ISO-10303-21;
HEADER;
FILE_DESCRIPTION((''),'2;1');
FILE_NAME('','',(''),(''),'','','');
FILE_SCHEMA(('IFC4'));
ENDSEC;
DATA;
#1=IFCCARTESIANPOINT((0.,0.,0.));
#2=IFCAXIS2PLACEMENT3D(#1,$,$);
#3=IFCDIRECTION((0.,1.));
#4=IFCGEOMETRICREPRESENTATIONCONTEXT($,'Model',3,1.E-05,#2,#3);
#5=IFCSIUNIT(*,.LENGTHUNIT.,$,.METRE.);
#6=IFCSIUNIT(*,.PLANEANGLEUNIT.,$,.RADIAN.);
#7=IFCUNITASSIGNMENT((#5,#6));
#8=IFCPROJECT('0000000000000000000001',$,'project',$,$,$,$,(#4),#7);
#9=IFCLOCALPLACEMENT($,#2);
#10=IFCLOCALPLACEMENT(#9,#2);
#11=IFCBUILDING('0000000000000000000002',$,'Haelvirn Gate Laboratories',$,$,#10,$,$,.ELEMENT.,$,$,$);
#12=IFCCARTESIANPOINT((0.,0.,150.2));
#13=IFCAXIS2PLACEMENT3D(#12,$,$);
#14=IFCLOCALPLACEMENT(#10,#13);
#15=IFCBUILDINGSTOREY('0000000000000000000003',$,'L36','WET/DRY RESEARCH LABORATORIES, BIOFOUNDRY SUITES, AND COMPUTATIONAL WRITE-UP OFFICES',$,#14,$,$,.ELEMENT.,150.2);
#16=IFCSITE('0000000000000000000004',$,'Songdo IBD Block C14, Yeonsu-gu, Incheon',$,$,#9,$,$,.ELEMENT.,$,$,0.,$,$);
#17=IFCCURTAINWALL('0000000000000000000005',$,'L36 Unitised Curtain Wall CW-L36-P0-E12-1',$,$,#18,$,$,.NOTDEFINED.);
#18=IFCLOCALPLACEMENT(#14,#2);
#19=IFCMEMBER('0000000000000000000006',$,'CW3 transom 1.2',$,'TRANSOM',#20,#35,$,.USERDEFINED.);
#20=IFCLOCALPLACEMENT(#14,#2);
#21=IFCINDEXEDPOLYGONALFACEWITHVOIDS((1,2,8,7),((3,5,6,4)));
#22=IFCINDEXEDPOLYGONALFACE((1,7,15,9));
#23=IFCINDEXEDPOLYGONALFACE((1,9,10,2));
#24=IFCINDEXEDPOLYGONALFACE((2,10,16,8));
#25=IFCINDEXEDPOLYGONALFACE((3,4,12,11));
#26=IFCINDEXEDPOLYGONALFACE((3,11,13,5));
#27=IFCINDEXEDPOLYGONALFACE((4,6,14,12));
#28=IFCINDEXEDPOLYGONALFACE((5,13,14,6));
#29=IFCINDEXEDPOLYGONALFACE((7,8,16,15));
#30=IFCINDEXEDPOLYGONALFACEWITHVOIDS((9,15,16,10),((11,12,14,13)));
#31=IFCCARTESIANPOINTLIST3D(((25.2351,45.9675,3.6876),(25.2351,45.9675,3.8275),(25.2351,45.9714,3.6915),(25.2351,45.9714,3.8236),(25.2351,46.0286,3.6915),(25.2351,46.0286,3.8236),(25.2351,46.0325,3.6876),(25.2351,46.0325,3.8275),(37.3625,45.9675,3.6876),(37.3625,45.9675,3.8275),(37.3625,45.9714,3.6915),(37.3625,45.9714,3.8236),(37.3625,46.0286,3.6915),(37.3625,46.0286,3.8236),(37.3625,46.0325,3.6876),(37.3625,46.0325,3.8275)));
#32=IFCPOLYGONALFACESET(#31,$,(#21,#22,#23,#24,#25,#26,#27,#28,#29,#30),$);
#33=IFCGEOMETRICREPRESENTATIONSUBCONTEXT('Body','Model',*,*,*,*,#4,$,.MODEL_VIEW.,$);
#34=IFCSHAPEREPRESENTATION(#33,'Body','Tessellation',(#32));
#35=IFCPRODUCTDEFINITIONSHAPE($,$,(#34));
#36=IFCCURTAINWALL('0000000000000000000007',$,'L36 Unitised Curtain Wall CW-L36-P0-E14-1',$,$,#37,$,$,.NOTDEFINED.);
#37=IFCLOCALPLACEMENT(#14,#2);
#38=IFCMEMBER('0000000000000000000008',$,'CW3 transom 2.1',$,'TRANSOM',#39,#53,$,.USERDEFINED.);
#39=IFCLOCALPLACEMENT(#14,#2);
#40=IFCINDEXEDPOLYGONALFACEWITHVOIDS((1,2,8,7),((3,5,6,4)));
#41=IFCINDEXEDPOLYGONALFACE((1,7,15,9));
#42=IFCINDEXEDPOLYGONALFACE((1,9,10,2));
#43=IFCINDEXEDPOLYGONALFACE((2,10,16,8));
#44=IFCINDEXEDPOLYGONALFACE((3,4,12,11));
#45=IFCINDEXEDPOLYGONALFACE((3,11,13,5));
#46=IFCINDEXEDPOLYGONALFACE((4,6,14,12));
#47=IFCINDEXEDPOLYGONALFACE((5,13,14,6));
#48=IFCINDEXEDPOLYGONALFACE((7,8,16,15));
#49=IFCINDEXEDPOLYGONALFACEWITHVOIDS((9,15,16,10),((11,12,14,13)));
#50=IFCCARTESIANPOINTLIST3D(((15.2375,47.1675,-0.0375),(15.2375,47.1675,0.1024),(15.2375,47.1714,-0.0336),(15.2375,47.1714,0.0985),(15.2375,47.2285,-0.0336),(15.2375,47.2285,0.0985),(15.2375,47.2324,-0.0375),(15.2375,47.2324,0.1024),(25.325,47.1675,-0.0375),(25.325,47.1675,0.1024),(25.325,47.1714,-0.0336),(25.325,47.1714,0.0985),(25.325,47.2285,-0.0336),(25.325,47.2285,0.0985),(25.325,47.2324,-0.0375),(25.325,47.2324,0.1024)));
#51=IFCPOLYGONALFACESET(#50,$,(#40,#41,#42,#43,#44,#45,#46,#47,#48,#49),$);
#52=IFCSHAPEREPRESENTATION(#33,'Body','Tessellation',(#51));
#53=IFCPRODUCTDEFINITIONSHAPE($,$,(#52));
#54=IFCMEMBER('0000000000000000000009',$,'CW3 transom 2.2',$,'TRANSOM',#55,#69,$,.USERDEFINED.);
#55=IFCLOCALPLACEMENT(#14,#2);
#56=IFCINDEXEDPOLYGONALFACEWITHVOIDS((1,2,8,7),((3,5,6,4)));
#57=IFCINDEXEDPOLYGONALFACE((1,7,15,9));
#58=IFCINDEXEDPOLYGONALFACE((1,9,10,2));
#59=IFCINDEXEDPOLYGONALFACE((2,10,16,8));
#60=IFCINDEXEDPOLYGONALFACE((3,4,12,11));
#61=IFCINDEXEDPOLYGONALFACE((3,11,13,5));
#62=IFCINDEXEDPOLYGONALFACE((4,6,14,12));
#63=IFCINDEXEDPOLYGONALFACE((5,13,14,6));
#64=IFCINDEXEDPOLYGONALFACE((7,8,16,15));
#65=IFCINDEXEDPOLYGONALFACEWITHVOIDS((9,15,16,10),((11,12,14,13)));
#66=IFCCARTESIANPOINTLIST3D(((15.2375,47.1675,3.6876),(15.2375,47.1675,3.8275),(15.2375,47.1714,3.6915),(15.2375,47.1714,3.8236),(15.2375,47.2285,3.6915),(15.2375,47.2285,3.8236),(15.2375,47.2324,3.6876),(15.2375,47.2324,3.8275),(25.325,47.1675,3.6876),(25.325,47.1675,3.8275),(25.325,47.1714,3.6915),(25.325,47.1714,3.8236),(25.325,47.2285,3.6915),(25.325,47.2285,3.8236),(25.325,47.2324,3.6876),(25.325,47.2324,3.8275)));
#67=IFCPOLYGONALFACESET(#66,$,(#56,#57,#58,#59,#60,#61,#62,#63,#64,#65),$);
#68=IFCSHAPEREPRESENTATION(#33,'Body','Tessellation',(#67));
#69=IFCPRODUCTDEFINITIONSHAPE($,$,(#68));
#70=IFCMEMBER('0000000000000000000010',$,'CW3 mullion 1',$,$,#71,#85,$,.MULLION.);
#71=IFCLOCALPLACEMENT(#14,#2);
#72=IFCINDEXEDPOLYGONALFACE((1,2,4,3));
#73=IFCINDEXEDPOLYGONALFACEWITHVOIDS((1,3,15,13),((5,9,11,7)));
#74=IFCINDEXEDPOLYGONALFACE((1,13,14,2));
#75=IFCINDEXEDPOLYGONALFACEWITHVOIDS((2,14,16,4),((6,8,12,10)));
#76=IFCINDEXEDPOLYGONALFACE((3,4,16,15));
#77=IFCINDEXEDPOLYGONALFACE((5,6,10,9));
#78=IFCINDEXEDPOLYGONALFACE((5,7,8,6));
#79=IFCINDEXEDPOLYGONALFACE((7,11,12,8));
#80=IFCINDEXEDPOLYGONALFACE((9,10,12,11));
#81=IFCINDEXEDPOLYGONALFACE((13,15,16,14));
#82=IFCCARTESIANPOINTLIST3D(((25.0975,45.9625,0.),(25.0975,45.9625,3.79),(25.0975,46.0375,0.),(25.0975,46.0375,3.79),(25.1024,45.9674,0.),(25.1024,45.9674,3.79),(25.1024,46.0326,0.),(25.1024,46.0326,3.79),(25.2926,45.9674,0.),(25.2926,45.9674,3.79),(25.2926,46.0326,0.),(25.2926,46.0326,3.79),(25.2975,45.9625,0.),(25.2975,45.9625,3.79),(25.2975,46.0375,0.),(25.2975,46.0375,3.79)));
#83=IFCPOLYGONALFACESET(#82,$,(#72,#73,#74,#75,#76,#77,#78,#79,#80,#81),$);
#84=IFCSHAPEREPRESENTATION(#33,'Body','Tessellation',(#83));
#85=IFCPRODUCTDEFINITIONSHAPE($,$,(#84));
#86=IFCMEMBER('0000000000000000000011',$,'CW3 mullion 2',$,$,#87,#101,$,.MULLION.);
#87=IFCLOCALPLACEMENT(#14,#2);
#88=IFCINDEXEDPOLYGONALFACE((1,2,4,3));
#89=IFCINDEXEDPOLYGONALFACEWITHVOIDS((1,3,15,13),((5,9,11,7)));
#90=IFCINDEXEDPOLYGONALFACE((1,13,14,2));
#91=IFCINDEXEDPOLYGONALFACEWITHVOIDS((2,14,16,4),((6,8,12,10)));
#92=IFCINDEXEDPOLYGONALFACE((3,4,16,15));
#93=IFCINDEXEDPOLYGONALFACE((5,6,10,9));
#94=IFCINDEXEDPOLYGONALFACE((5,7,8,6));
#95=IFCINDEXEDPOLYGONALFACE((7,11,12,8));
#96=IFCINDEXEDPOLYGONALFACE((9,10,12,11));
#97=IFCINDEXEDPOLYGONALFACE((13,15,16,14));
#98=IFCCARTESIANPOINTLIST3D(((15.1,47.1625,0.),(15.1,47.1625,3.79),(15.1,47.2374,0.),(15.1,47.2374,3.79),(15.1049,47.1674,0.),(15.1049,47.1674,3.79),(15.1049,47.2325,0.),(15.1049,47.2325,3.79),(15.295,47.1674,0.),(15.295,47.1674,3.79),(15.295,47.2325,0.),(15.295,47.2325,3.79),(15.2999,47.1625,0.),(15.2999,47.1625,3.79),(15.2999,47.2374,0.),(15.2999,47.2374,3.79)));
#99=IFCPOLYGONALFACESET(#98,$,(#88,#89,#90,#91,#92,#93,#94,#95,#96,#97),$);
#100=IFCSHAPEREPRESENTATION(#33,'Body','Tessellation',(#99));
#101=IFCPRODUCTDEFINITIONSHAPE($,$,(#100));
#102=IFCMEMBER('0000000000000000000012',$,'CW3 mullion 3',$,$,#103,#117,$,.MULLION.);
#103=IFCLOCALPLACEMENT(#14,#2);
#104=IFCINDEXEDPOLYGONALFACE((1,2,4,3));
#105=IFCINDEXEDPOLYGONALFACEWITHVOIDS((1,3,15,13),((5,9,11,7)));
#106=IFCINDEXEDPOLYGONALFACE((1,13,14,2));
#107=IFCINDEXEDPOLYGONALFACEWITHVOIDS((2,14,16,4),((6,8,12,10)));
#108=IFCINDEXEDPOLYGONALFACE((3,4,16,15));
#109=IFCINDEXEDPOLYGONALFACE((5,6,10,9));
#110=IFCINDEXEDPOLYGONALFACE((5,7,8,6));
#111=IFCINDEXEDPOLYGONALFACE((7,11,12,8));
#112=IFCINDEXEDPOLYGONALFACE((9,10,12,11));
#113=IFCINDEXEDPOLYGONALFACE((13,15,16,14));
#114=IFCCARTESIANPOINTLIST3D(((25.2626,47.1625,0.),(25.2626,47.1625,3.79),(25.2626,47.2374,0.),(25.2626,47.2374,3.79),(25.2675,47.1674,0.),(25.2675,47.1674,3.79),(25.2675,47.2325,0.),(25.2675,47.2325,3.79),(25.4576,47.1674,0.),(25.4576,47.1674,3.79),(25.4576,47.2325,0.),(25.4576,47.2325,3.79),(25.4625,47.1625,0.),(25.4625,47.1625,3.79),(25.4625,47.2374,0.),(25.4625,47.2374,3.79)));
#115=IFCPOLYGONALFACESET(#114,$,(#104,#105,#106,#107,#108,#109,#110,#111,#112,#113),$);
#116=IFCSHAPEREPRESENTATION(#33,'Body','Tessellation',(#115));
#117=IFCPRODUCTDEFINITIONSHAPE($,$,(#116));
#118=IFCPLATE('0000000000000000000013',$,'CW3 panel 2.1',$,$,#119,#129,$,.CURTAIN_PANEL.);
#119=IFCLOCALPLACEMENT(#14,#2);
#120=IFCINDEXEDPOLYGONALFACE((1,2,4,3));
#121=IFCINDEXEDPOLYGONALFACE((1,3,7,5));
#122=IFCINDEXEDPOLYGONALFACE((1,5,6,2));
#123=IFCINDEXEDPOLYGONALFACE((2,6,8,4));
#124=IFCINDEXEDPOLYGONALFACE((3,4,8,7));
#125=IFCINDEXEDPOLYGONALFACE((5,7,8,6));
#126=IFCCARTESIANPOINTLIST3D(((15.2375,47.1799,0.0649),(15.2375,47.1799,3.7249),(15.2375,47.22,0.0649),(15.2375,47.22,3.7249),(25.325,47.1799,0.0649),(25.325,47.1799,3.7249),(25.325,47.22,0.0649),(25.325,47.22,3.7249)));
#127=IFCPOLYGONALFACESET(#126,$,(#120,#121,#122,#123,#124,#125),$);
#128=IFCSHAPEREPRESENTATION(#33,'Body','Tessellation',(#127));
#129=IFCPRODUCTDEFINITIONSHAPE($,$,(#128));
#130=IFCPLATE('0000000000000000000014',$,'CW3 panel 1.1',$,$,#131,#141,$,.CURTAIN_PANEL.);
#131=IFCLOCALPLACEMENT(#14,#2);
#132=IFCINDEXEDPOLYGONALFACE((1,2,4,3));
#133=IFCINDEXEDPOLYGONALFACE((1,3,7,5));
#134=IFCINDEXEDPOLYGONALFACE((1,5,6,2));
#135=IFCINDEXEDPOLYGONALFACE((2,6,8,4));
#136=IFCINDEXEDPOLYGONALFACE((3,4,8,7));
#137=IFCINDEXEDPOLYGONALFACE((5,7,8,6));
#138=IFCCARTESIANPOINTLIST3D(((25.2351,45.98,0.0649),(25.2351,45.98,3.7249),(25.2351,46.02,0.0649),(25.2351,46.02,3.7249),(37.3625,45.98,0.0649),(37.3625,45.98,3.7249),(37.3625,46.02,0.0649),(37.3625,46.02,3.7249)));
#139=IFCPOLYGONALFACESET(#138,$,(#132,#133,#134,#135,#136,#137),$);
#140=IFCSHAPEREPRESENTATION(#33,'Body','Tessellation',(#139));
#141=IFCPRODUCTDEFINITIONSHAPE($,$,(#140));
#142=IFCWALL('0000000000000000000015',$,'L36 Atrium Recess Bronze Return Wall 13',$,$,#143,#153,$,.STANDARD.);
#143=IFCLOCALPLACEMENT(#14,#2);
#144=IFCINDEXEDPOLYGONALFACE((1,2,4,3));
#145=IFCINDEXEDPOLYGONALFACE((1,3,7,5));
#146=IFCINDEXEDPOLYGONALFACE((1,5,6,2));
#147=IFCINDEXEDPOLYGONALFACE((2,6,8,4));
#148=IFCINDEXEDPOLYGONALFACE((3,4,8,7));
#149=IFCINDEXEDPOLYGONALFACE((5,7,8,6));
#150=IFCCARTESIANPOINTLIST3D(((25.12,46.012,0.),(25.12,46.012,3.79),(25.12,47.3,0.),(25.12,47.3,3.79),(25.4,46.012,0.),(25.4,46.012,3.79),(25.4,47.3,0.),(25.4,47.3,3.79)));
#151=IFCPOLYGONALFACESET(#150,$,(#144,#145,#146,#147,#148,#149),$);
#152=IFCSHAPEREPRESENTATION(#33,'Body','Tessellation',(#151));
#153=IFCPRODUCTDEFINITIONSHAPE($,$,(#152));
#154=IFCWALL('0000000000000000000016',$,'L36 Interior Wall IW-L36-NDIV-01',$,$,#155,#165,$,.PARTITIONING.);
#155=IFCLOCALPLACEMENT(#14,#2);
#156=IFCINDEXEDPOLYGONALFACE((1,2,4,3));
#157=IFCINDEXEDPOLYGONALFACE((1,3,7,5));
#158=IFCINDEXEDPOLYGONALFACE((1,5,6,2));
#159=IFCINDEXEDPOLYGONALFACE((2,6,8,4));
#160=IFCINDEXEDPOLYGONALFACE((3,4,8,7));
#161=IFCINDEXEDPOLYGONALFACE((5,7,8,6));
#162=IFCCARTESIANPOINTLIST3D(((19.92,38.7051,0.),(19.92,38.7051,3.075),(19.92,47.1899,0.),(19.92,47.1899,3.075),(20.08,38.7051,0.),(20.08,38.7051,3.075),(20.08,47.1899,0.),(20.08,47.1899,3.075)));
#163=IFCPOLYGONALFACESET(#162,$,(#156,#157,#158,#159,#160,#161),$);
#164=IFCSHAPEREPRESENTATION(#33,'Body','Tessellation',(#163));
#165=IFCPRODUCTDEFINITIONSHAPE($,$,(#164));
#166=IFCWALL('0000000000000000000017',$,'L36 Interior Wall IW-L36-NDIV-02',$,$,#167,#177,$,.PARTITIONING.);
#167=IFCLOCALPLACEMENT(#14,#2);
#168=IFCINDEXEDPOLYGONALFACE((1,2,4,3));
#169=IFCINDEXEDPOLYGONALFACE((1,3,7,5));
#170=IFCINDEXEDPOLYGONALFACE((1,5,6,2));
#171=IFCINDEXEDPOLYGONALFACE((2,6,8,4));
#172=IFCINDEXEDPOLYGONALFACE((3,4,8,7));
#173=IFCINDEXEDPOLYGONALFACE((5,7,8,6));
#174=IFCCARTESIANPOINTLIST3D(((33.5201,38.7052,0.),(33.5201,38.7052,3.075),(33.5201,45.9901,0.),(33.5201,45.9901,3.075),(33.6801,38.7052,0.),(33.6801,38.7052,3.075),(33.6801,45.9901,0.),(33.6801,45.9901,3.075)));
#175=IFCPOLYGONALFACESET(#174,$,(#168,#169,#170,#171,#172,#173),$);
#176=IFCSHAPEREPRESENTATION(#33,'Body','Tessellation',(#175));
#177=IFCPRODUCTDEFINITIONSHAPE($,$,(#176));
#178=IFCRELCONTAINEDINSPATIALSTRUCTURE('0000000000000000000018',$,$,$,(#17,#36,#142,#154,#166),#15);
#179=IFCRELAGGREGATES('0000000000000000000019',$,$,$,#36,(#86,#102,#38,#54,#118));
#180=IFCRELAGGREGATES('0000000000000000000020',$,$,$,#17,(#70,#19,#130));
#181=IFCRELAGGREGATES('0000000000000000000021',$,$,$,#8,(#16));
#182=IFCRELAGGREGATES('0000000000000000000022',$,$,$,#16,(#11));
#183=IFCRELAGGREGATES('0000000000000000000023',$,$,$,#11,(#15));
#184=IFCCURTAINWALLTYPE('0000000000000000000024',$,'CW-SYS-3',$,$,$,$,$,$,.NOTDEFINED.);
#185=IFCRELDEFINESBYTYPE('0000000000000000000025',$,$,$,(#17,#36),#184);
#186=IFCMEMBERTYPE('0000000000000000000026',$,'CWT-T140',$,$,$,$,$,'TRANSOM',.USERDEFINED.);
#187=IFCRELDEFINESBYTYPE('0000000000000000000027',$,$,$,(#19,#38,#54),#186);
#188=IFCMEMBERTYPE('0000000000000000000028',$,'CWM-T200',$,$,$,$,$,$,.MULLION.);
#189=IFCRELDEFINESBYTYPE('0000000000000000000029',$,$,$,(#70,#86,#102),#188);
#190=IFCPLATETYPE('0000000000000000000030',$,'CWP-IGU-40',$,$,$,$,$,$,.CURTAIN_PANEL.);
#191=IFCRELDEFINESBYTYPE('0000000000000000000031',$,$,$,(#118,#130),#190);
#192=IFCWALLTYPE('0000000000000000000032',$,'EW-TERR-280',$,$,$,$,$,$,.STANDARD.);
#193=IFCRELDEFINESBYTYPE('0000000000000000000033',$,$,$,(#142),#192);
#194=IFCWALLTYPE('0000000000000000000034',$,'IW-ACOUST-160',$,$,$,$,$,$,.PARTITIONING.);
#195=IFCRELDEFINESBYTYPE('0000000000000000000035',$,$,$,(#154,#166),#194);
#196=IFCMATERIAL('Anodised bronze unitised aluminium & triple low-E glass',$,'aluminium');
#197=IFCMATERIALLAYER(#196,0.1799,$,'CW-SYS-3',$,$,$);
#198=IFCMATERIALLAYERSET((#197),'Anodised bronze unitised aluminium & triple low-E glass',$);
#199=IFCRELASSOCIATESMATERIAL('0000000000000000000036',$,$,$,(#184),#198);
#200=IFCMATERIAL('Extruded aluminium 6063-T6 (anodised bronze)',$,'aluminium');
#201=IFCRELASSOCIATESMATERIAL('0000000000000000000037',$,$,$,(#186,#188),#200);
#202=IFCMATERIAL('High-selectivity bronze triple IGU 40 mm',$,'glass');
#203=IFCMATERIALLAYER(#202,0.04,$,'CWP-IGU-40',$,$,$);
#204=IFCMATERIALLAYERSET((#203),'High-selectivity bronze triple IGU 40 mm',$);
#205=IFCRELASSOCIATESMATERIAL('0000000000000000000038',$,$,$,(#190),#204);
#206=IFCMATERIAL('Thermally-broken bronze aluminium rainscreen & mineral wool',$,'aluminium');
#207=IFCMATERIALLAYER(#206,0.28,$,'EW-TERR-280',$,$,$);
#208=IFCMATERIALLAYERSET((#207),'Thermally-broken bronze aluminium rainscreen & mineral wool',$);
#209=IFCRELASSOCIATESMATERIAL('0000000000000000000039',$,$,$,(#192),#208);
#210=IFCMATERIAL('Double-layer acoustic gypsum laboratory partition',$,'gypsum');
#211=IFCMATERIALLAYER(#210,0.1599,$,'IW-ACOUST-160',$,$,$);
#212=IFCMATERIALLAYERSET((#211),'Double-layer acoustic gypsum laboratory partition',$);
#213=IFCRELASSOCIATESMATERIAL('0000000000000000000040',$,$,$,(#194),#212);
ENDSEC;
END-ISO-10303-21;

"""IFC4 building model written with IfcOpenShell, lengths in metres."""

from ifc_helpers import new_model, si_unit, direction, frame, frame_2d, origin, origin_2d, place, context, subcontext, project, spatial, rectangle, hollow_rectangle, extrude, source, transform, mapped, material, layer, layer_set, material_profile, profile_set, type_object, type_shapes, element, aggregate, save


model = new_model("IFC4")

# Units and contexts
model_context = context("Model", 3, precision=1e-05, world=origin(), true_north=direction((0.0, 1.0)))
body_context = subcontext(model_context, "Body", "Model", "MODEL_VIEW")
ifc_project = project(units=[si_unit("LENGTHUNIT", "METRE"), si_unit("PLANEANGLEUNIT", "RADIAN")], contexts=[model_context])

# Site, building, storey
site_placement = place(None, origin())
site = spatial("IfcSite", under=ifc_project, at=site_placement, Name="Songdo IBD Block C14, Yeonsu-gu, Incheon", CompositionType="ELEMENT", RefElevation=0.0)
building_placement = place(site_placement, origin())
building = spatial("IfcBuilding", under=site, at=building_placement, Name="Haelvirn Gate Laboratories", CompositionType="ELEMENT")
storey_placement = place(building_placement, frame((0.0, 0.0, 150.2)))
storey = spatial("IfcBuildingStorey", under=building, at=storey_placement, Name="L36", Description="WET/DRY RESEARCH LABORATORIES, BIOFOUNDRY SUITES, AND COMPUTATIONAL WRITE-UP OFFICES", CompositionType="ELEMENT", Elevation=150.2)

# Curtain walls, members
ifc_material_1 = material(Name="Anodised bronze unitised aluminium & triple low-E glass", Category="aluminium")
ifc_layer_1 = layer(ifc_material_1, 0.1799, Name="CW-SYS-3")
ifc_layer_set_1 = layer_set([ifc_layer_1], Name="Anodised bronze unitised aluminium & triple low-E glass")
curtain_wall_type = type_object("IfcCurtainWallType", Name="CW-SYS-3", PredefinedType="NOTDEFINED", material=ifc_layer_set_1)
curtain_wall_1_placement = place(storey_placement, origin())
curtain_wall_1 = element("IfcCurtainWall", 1, at=curtain_wall_1_placement, inside=storey, type_object=curtain_wall_type, Name="L36 Unitised Curtain Wall CW-L36-P0-E12-1", PredefinedType="NOTDEFINED")
ifc_material_2 = material(Name="Extruded aluminium 6063-T6 (anodised bronze)", Category="aluminium")
ifc_material_profile_1 = material_profile(ifc_material_2, hollow_rectangle(XDim=0.0649, YDim=0.1399, WallThickness=0.0039, at=origin_2d()), Name="CWT-140x65x4")
ifc_profile_set_1 = profile_set([ifc_material_profile_1], Name="Extruded aluminium 6063-T6 (anodised bronze)")
member_type_1 = type_object("IfcMemberType", Name="CWT-T140", ElementType="TRANSOM", PredefinedType="USERDEFINED", material=ifc_profile_set_1)
shared_shape_1 = source(origin(), body_context, "Body", "SweptSolid", [
    extrude(hollow_rectangle(XDim=0.0649, YDim=0.1399, WallThickness=0.0039, at=origin_2d()), origin(), (0.0, 0.0, 1.0), 12.1274),
])
member_1_placement = place(storey_placement, frame((25.2351, 46.0, 3.7576), z_axis=(1.0, 0.0, 0.0), x_axis=(0.0, 1.0, 0.0)))
member_1 = element("IfcMember", 2, at=member_1_placement, type_object=member_type_1, Name="CW3 transom 1.2", ObjectType="TRANSOM", PredefinedType="USERDEFINED", context=body_context, shape_type="MappedRepresentation", body=[
    mapped(shared_shape_1, transform((0.0, 0.0, 0.0), scale=1.0)),
])
curtain_wall_2_placement = place(storey_placement, origin())
curtain_wall_2 = element("IfcCurtainWall", 3, at=curtain_wall_2_placement, inside=storey, type_object=curtain_wall_type, Name="L36 Unitised Curtain Wall CW-L36-P0-E14-1", PredefinedType="NOTDEFINED")
shared_shape_2 = source(origin(), body_context, "Body", "SweptSolid", [
    extrude(hollow_rectangle(XDim=0.0649, YDim=0.1399, WallThickness=0.0039, at=origin_2d()), origin(), (0.0, 0.0, 1.0), 10.0874),
])
type_shapes(member_type_1, [shared_shape_1, shared_shape_2])
member_2_placement = place(storey_placement, frame((15.2375, 47.2, 0.0325), z_axis=(1.0, 0.0, 0.0), x_axis=(0.0, 1.0, 0.0)))
member_2 = element("IfcMember", 4, at=member_2_placement, type_object=member_type_1, Name="CW3 transom 2.1", ObjectType="TRANSOM", PredefinedType="USERDEFINED", context=body_context, shape_type="MappedRepresentation", body=[
    mapped(shared_shape_2, transform((0.0, 0.0, 0.0), scale=1.0)),
])
member_3_placement = place(storey_placement, frame((15.2375, 47.2, 3.7576), z_axis=(1.0, 0.0, 0.0), x_axis=(0.0, 1.0, 0.0)))
member_3 = element("IfcMember", 5, at=member_3_placement, type_object=member_type_1, Name="CW3 transom 2.2", ObjectType="TRANSOM", PredefinedType="USERDEFINED", context=body_context, shape_type="MappedRepresentation", body=[
    mapped(shared_shape_2, transform((0.0, 0.0, 0.0), scale=1.0)),
])

# Members
ifc_material_profile_2 = material_profile(ifc_material_2, hollow_rectangle(XDim=0.075, YDim=0.2, WallThickness=0.0049, at=origin_2d()), Name="CWM-200x75x5")
ifc_profile_set_2 = profile_set([ifc_material_profile_2], Name="Extruded aluminium 6063-T6 (anodised bronze)")
member_type_2 = type_object("IfcMemberType", Name="CWM-T200", PredefinedType="MULLION", material=ifc_profile_set_2)
shared_shape_3 = source(origin(), body_context, "Body", "SweptSolid", [
    extrude(hollow_rectangle(XDim=0.075, YDim=0.2, WallThickness=0.0049, at=origin_2d()), origin(), (0.0, 0.0, 1.0), 3.79),
])
type_shapes(member_type_2, [shared_shape_3])
member_4_placement = place(storey_placement, frame((25.1975, 46.0, 0.0), z_axis=(0.0, 0.0, 1.0), x_axis=(0.0, 1.0, 0.0)))
member_4 = element("IfcMember", 6, at=member_4_placement, type_object=member_type_2, Name="CW3 mullion 1", PredefinedType="MULLION", context=body_context, shape_type="MappedRepresentation", body=[
    mapped(shared_shape_3, transform((0.0, 0.0, 0.0), scale=1.0)),
])
member_5_placement = place(storey_placement, frame((15.2, 47.2, 0.0), z_axis=(0.0, 0.0, 1.0), x_axis=(0.0, 1.0, 0.0)))
member_5 = element("IfcMember", 7, at=member_5_placement, type_object=member_type_2, Name="CW3 mullion 2", PredefinedType="MULLION", context=body_context, shape_type="MappedRepresentation", body=[
    mapped(shared_shape_3, transform((0.0, 0.0, 0.0), scale=1.0)),
])
member_6_placement = place(storey_placement, frame((25.3625, 47.2, 0.0), z_axis=(0.0, 0.0, 1.0), x_axis=(0.0, 1.0, 0.0)))
member_6 = element("IfcMember", 8, at=member_6_placement, type_object=member_type_2, Name="CW3 mullion 3", PredefinedType="MULLION", context=body_context, shape_type="MappedRepresentation", body=[
    mapped(shared_shape_3, transform((0.0, 0.0, 0.0), scale=1.0)),
])

# Plates
ifc_material_3 = material(Name="High-selectivity bronze triple IGU 40 mm", Category="glass")
ifc_layer_2 = layer(ifc_material_3, 0.04, Name="CWP-IGU-40")
ifc_layer_set_2 = layer_set([ifc_layer_2], Name="High-selectivity bronze triple IGU 40 mm")
plate_type = type_object("IfcPlateType", Name="CWP-IGU-40", PredefinedType="CURTAIN_PANEL", material=ifc_layer_set_2)
shared_shape_4 = source(origin(), body_context, "Body", "SweptSolid", [
    extrude(rectangle(XDim=10.0874, YDim=0.04, at=origin_2d()), origin(), (0.0, 0.0, 1.0), 3.6599),
])
plate_1_placement = place(storey_placement, frame((20.2812, 47.2, 0.0649), z_axis=(0.0, 0.0, 1.0), x_axis=(1.0, 0.0, 0.0)))
plate_1 = element("IfcPlate", 9, at=plate_1_placement, type_object=plate_type, Name="CW3 panel 2.1", PredefinedType="CURTAIN_PANEL", context=body_context, shape_type="MappedRepresentation", body=[
    mapped(shared_shape_4, transform((0.0, 0.0, 0.0), scale=1.0)),
])
aggregate(curtain_wall_2, [member_5, member_6, member_2, member_3, plate_1])
shared_shape_5 = source(origin(), body_context, "Body", "SweptSolid", [
    extrude(rectangle(XDim=12.1274, YDim=0.04, at=origin_2d()), origin(), (0.0, 0.0, 1.0), 3.6599),
])
type_shapes(plate_type, [shared_shape_4, shared_shape_5])
plate_2_placement = place(storey_placement, frame((31.2988, 46.0, 0.0649), z_axis=(0.0, 0.0, 1.0), x_axis=(1.0, 0.0, 0.0)))
plate_2 = element("IfcPlate", 10, at=plate_2_placement, type_object=plate_type, Name="CW3 panel 1.1", PredefinedType="CURTAIN_PANEL", context=body_context, shape_type="MappedRepresentation", body=[
    mapped(shared_shape_5, transform((0.0, 0.0, 0.0), scale=1.0)),
])
aggregate(curtain_wall_1, [member_4, member_1, plate_2])

# Walls
ifc_material_4 = material(Name="Thermally-broken bronze aluminium rainscreen & mineral wool", Category="aluminium")
ifc_layer_3 = layer(ifc_material_4, 0.28, Name="EW-TERR-280")
ifc_layer_set_3 = layer_set([ifc_layer_3], Name="Thermally-broken bronze aluminium rainscreen & mineral wool")
wall_type_1 = type_object("IfcWallType", Name="EW-TERR-280", PredefinedType="STANDARD", material=ifc_layer_set_3)
wall_1_placement = place(storey_placement, frame((25.26, 46.012, 0.0), z_axis=(0.0, 0.0, 1.0), x_axis=(0.0, 1.0, 0.0)))
element("IfcWall", 11, at=wall_1_placement, inside=storey, type_object=wall_type_1, Name="L36 Atrium Recess Bronze Return Wall 13", PredefinedType="STANDARD", context=body_context, shape_type="SweptSolid", body=[
    extrude(rectangle(XDim=1.2881, YDim=0.28, at=frame_2d((0.644, 0.0))), origin(), (0.0, 0.0, 1.0), 3.79),
])
ifc_material_5 = material(Name="Double-layer acoustic gypsum laboratory partition", Category="gypsum")
ifc_layer_4 = layer(ifc_material_5, 0.1599, Name="IW-ACOUST-160")
ifc_layer_set_4 = layer_set([ifc_layer_4], Name="Double-layer acoustic gypsum laboratory partition")
wall_type_2 = type_object("IfcWallType", Name="IW-ACOUST-160", PredefinedType="PARTITIONING", material=ifc_layer_set_4)
wall_2_placement = place(storey_placement, frame((20.0, 38.7051, 0.0), z_axis=(0.0, 0.0, 1.0), x_axis=(0.0, 1.0, 0.0)))
element("IfcWall", 12, at=wall_2_placement, inside=storey, type_object=wall_type_2, Name="L36 Interior Wall IW-L36-NDIV-01", PredefinedType="PARTITIONING", context=body_context, shape_type="SweptSolid", body=[
    extrude(rectangle(XDim=8.4849, YDim=0.1599, at=frame_2d((4.2424, 0.0))), origin(), (0.0, 0.0, 1.0), 3.075),
])
wall_3_placement = place(storey_placement, frame((33.6001, 38.7051, 0.0), z_axis=(0.0, 0.0, 1.0), x_axis=(0.0, 1.0, 0.0)))
element("IfcWall", 13, at=wall_3_placement, inside=storey, type_object=wall_type_2, Name="L36 Interior Wall IW-L36-NDIV-02", PredefinedType="PARTITIONING", context=body_context, shape_type="SweptSolid", body=[
    extrude(rectangle(XDim=7.2849, YDim=0.1599, at=frame_2d((3.6426, 0.0))), origin(), (0.0, 0.0, 1.0), 3.075),
])

save(model, "model.ifc")
